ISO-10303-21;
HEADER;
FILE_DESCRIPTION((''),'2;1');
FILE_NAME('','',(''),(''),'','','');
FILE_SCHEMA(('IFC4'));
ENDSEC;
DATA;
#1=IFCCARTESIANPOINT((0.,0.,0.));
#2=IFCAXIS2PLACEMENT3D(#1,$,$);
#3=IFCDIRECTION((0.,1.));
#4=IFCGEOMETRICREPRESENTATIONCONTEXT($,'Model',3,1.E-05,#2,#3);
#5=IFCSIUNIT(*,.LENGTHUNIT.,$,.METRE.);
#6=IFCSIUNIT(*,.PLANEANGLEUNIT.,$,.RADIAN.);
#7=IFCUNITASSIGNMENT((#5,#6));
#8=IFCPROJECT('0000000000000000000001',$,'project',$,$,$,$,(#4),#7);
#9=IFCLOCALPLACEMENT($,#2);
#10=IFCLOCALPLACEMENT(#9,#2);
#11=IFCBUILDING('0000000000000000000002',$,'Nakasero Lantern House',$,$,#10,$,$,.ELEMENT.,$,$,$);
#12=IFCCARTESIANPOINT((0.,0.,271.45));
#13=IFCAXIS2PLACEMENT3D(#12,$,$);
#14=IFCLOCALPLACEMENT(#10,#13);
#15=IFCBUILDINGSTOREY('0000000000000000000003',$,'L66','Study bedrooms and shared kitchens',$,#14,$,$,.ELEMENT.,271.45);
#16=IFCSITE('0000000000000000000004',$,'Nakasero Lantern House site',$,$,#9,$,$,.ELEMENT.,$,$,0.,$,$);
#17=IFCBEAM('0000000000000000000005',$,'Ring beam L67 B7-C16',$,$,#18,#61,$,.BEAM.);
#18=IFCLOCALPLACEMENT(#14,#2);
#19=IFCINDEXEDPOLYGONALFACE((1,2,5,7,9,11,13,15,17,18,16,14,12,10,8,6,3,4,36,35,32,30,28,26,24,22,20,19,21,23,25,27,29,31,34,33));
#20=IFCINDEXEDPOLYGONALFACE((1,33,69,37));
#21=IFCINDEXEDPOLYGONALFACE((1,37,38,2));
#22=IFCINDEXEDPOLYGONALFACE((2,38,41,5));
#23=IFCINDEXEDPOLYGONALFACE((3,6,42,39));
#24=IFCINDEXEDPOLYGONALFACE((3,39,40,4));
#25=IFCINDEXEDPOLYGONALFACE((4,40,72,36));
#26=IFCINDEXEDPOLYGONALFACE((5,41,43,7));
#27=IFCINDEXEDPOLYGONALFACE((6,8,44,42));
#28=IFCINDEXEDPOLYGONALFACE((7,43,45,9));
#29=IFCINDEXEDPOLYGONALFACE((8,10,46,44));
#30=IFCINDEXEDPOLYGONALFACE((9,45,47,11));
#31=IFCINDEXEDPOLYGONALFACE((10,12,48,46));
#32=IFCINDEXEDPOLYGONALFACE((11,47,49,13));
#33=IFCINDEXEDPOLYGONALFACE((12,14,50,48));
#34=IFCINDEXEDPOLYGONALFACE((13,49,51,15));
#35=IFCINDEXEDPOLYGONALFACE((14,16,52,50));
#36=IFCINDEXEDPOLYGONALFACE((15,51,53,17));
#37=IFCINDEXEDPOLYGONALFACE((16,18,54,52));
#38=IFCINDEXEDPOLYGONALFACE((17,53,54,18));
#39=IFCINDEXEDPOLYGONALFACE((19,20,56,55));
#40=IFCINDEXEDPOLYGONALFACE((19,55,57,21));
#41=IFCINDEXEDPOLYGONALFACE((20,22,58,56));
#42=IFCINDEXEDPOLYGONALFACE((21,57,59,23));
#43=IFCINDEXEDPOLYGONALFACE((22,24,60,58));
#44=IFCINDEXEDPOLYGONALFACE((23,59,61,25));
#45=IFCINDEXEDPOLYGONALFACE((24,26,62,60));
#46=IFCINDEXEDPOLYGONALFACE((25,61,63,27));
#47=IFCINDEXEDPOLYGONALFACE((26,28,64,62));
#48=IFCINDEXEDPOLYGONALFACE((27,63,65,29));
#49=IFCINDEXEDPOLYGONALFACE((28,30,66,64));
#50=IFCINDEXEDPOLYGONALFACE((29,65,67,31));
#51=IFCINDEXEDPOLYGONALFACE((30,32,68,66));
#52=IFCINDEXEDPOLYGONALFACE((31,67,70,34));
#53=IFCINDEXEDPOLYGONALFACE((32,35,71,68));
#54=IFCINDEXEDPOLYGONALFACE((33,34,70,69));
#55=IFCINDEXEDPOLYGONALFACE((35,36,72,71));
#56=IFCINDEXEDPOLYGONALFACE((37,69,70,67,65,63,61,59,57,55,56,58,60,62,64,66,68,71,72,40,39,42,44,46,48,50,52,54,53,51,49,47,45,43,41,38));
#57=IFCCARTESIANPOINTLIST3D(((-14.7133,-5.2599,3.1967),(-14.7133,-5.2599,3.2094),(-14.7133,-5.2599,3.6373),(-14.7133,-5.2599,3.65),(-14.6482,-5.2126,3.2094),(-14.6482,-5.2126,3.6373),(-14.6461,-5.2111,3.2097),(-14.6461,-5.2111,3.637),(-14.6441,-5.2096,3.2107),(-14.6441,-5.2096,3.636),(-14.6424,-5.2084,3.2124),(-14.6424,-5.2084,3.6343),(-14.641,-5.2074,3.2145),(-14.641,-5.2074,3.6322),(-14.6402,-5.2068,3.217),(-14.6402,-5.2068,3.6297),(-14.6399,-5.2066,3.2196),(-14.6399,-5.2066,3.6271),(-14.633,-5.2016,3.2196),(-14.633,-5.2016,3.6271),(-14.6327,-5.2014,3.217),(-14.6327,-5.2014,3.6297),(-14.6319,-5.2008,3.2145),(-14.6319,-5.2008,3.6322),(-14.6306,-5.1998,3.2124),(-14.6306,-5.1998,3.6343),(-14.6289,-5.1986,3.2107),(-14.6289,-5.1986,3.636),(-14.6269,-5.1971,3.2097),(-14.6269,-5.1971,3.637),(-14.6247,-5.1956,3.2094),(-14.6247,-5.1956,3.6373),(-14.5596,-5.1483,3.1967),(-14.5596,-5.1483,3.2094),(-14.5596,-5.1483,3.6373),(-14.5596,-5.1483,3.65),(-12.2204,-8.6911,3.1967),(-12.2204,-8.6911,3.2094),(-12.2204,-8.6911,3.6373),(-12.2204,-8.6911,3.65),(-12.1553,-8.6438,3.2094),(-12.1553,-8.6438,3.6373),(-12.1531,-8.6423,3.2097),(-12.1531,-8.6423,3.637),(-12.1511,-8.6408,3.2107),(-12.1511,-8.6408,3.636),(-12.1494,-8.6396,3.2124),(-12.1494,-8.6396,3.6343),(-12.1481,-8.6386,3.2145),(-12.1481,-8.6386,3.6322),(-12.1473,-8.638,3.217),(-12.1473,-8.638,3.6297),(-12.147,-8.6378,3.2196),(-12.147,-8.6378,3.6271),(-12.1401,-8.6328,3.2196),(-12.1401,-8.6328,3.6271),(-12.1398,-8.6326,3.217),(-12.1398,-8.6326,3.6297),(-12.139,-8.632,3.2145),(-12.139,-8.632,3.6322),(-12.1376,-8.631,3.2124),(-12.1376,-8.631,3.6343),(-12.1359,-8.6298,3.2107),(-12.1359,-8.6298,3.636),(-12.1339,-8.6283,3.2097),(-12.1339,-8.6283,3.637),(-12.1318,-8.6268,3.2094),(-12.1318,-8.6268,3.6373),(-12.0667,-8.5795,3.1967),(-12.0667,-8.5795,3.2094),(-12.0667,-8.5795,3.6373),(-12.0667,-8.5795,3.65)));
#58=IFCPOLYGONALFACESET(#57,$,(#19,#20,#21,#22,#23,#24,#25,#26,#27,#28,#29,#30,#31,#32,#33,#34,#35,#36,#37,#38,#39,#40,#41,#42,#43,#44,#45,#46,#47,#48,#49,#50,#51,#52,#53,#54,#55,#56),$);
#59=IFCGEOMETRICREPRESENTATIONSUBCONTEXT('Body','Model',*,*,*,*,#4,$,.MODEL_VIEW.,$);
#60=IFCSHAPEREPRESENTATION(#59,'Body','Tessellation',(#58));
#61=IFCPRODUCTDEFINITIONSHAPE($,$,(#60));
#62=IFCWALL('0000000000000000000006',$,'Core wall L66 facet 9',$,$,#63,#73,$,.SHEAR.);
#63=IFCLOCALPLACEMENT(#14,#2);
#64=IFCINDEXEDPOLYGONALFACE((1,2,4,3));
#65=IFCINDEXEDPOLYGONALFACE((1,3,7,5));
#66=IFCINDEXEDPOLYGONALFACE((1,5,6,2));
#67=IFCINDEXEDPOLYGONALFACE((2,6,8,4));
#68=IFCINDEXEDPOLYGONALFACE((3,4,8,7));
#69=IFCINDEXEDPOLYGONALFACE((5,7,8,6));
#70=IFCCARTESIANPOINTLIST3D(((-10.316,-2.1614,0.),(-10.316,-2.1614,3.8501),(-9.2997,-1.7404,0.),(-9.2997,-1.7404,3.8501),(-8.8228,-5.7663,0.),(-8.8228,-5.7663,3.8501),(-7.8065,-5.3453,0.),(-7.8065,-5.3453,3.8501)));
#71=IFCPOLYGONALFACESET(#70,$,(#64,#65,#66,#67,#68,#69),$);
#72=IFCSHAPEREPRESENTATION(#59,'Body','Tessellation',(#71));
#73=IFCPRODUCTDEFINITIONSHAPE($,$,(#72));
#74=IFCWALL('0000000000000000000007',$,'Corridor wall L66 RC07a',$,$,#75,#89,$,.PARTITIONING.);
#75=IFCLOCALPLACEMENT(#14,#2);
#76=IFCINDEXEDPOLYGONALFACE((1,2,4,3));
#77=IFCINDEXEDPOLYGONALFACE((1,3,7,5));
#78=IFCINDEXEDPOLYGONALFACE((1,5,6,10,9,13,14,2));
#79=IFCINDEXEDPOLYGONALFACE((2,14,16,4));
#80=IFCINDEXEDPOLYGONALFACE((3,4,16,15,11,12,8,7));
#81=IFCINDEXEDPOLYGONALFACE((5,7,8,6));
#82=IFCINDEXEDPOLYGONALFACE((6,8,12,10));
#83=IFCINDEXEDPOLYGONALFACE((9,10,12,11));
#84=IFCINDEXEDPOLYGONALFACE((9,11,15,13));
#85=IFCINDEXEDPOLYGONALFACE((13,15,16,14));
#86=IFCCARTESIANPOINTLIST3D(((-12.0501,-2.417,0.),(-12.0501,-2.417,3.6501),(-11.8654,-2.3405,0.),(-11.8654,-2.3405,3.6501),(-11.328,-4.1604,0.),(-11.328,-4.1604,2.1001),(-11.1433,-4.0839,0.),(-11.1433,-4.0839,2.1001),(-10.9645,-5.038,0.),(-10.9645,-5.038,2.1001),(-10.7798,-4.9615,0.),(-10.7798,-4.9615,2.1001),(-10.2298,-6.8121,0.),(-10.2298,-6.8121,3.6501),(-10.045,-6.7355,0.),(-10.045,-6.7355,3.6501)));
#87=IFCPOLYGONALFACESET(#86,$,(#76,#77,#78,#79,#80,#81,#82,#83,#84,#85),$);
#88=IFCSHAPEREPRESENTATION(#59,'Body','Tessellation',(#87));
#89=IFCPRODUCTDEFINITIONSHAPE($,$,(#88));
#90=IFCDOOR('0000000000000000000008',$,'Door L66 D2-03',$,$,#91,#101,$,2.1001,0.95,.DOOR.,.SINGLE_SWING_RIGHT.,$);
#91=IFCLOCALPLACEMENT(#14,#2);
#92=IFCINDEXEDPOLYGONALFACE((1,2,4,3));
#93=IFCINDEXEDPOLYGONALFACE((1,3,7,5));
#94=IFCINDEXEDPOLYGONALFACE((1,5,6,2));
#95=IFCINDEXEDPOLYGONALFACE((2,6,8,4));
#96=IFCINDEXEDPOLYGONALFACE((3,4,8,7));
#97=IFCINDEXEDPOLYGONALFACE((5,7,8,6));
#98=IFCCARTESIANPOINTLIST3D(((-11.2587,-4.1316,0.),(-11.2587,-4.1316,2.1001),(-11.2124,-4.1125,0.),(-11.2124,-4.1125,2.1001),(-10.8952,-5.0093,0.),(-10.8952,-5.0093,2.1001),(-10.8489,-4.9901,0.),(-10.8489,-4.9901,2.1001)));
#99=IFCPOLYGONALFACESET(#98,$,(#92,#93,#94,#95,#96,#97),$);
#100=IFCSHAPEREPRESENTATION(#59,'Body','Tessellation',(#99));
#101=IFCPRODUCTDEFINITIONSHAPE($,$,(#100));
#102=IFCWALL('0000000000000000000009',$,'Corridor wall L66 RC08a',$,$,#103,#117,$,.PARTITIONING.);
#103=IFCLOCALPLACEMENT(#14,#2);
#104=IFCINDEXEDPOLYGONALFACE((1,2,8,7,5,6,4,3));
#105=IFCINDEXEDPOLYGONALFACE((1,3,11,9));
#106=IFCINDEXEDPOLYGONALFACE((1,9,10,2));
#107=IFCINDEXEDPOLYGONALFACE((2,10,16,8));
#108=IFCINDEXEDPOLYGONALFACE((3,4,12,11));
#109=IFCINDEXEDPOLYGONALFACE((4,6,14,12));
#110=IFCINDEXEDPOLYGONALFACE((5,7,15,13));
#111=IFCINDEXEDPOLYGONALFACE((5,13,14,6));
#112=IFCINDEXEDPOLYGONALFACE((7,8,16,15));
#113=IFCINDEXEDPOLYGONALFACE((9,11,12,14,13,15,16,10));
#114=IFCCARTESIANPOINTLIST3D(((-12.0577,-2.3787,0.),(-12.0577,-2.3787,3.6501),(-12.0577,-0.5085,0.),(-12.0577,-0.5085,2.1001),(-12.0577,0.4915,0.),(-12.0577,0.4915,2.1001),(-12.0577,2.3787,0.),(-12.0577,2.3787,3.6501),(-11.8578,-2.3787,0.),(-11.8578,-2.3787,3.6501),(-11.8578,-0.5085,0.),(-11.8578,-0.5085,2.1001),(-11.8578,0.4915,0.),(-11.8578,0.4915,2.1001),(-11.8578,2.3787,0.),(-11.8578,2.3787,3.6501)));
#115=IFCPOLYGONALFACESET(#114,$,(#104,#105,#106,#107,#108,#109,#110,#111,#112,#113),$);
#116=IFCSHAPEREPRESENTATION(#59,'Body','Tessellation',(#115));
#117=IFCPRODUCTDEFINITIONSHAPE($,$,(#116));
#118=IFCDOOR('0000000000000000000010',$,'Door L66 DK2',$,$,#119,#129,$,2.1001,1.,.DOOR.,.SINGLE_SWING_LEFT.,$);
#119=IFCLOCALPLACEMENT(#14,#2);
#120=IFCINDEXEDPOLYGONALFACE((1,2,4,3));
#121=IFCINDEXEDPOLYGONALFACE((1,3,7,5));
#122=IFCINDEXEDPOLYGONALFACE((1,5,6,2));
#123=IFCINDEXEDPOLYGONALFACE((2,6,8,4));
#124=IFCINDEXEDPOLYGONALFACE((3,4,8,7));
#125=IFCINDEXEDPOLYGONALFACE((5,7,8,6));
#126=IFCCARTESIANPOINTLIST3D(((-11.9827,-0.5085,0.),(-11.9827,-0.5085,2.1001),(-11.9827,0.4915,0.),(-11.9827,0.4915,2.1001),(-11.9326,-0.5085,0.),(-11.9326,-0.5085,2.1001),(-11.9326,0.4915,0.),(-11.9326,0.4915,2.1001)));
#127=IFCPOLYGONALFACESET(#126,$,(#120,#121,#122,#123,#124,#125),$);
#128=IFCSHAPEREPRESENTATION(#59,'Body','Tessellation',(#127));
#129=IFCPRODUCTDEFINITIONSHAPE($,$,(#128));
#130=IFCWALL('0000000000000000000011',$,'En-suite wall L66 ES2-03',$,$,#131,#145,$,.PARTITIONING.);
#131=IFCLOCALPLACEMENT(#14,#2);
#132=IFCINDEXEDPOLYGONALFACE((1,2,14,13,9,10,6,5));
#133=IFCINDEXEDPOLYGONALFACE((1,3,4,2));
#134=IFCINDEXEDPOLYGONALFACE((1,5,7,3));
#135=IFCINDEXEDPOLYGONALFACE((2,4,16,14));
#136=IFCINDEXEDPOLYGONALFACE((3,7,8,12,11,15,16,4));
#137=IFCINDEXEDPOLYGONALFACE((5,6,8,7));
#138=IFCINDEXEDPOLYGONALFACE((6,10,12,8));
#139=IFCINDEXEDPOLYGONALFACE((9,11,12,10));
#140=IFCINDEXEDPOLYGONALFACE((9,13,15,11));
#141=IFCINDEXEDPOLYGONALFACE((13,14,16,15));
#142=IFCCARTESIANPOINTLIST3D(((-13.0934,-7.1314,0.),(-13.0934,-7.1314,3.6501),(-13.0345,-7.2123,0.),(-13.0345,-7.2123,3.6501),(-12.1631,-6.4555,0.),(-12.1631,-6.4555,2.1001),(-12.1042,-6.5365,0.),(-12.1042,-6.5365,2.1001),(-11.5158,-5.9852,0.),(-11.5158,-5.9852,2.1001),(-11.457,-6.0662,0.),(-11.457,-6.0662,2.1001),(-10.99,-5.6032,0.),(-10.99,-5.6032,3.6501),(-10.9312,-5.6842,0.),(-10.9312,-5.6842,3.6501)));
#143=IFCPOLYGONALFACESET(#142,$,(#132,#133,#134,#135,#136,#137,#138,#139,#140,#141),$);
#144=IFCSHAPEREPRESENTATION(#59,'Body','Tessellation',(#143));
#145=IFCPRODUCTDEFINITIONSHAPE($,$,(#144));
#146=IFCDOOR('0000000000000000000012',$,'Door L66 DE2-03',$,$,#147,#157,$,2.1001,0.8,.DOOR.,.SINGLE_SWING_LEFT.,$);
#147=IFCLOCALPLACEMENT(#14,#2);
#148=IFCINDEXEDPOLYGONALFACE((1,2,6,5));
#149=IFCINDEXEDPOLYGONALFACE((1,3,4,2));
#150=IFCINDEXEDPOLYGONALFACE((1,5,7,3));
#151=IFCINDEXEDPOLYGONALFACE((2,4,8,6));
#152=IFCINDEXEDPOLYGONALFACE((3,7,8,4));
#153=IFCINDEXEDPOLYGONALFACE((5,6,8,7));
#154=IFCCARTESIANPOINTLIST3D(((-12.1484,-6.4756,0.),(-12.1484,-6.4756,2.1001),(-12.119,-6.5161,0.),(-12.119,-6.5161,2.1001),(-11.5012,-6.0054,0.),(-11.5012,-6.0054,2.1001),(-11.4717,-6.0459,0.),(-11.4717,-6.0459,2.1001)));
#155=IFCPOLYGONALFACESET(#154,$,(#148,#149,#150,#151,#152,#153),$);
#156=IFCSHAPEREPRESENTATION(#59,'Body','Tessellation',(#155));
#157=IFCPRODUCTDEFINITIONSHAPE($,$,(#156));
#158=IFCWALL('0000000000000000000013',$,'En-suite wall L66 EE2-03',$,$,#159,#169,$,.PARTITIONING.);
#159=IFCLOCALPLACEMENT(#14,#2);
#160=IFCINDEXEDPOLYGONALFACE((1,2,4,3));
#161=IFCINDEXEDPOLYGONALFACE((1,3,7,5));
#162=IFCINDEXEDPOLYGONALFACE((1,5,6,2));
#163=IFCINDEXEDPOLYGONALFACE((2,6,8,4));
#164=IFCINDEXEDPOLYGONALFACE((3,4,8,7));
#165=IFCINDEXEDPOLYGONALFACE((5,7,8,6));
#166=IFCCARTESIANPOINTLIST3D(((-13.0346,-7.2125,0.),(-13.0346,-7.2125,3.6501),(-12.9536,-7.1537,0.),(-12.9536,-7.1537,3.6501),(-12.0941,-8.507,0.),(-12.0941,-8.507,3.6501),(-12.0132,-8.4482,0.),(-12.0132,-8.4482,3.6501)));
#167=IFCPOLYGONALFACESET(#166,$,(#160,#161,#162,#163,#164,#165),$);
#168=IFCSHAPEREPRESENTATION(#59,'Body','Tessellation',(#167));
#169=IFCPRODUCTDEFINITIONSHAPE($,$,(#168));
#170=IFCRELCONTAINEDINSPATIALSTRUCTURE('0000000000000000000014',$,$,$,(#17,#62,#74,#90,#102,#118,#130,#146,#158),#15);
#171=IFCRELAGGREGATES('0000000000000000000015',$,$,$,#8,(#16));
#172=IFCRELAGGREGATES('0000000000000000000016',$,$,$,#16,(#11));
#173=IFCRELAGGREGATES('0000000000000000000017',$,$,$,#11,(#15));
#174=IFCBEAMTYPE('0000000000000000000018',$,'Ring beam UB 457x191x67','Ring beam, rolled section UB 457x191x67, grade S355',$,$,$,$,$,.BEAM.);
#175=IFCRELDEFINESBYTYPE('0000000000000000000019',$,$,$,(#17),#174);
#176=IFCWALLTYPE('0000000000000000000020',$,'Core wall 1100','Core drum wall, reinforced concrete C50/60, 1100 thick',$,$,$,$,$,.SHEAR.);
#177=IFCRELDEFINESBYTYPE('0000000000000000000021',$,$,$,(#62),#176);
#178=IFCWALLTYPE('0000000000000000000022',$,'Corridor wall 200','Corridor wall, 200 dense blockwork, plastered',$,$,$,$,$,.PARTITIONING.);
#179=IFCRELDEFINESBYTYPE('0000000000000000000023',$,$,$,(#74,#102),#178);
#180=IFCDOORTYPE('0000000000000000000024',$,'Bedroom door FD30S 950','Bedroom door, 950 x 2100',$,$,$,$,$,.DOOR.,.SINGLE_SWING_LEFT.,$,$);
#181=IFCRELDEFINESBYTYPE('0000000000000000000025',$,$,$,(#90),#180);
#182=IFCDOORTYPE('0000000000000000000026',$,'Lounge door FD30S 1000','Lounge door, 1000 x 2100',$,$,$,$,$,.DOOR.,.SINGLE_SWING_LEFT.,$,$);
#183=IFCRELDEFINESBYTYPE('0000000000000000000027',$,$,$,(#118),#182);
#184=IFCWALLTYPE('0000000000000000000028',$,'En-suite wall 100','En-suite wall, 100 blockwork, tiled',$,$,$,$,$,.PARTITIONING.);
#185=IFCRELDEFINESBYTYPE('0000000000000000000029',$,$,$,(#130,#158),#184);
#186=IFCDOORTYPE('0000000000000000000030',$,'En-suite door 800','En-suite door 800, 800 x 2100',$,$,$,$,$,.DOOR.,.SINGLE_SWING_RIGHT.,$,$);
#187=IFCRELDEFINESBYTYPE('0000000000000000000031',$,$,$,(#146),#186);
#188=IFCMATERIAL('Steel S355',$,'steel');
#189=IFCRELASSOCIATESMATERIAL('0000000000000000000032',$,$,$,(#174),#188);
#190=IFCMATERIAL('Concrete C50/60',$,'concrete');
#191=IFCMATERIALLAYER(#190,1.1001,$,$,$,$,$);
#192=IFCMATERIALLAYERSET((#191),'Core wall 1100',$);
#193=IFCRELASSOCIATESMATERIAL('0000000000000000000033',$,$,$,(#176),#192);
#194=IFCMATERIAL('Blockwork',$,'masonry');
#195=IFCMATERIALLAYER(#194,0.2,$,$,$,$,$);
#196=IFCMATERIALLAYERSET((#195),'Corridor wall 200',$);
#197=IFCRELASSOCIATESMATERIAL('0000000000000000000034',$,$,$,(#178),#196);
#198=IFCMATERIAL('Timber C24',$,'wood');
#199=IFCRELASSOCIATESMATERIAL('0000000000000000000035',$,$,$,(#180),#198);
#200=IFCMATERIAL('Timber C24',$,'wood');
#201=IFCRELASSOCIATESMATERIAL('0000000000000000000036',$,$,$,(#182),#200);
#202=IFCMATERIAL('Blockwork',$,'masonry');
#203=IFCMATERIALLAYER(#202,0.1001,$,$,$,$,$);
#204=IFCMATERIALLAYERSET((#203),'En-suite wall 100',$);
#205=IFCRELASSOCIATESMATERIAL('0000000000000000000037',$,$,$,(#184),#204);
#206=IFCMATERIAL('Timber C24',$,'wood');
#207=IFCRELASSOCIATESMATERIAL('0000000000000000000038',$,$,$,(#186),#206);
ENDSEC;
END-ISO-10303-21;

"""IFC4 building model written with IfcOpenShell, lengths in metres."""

from ifc_helpers import new_model, si_unit, direction, frame, frame_2d, origin, origin_2d, place, context, subcontext, project, spatial, rectangle, i_section, extrude, material, layer, layer_set, material_profile, profile_set, type_object, element, fill, save


model = new_model("IFC4")

# Units and contexts
model_context = context("Model", 3, precision=1e-05, world=origin(), true_north=direction((0.0, 1.0)))
body_context = subcontext(model_context, "Body", "Model", "MODEL_VIEW")
ifc_project = project(units=[si_unit("LENGTHUNIT", "METRE"), si_unit("PLANEANGLEUNIT", "RADIAN")], contexts=[model_context])

# Site, building, storey
site_placement = place(None, origin())
site = spatial("IfcSite", under=ifc_project, at=site_placement, Name="Nakasero Lantern House site", CompositionType="ELEMENT", RefElevation=0.0)
building_placement = place(site_placement, origin())
building = spatial("IfcBuilding", under=site, at=building_placement, Name="Nakasero Lantern House", CompositionType="ELEMENT")
storey_placement = place(building_placement, frame((0.0, 0.0, 271.45)))
storey = spatial("IfcBuildingStorey", under=building, at=storey_placement, Name="L66", Description="Study bedrooms and shared kitchens", CompositionType="ELEMENT", Elevation=271.45)

# Beam
ifc_material_1 = material(Name="Steel S355", Category="steel")
ifc_material_profile_1 = material_profile(ifc_material_1, i_section(OverallWidth=0.1899, OverallDepth=0.4534, WebThickness=0.0085, FlangeThickness=0.0127, FilletRadius=0.0103, at=origin_2d()), Name="UB 457x191x67")
ifc_profile_set_1 = profile_set([ifc_material_profile_1], Name="Steel S355")
beam_type_1 = type_object("IfcBeamType", Name="Ring beam UB 457x191x67", Description="Ring beam, rolled section UB 457x191x67, grade S355", PredefinedType="BEAM", material=ifc_profile_set_1)
beam_1_placement = place(storey_placement, frame((-14.6365, -5.2041, 3.4233), z_axis=(0.587792, -0.809012, 0.0), x_axis=(0.809012, 0.587792, 0.0)))
element("IfcBeam", 1, at=beam_1_placement, inside=storey, type_object=beam_type_1, Name="Ring beam L67 B7-C16", PredefinedType="BEAM", context=body_context, shape_type="SweptSolid", body=[
    extrude(i_section(OverallWidth=0.1899, OverallDepth=0.4534, WebThickness=0.0085, FlangeThickness=0.0127, FilletRadius=0.0103, at=origin_2d()), origin(), (0.0, 0.0, 1.0), 4.2412),
])

# Wall
ifc_material_2 = material(Name="Concrete C50/60", Category="concrete")
ifc_layer_1 = layer(ifc_material_2, 1.1001)
ifc_layer_set_1 = layer_set([ifc_layer_1], Name="Core wall 1100")
wall_type_1 = type_object("IfcWallType", Name="Core wall 1100", Description="Core drum wall, reinforced concrete C50/60, 1100 thick", PredefinedType="SHEAR", material=ifc_layer_set_1)
wall_1_placement = place(storey_placement, frame((-9.8079, -1.9509, 0.0), z_axis=(0.0, 0.0, 1.0), x_axis=(0.382691, -0.923877, 0.0)))
element("IfcWall", 2, at=wall_1_placement, inside=storey, type_object=wall_type_1, Name="Core wall L66 facet 9", PredefinedType="SHEAR", context=body_context, shape_type="SweptSolid", body=[
    extrude(rectangle(XDim=3.9019, YDim=1.1001, at=frame_2d((1.9509, 0.0))), origin(), (0.0, 0.0, 1.0), 3.8501),
])

# Walls, openings, doors
ifc_material_3 = material(Name="Blockwork", Category="masonry")
ifc_layer_2 = layer(ifc_material_3, 0.2)
ifc_layer_set_2 = layer_set([ifc_layer_2], Name="Corridor wall 200")
wall_type_2 = type_object("IfcWallType", Name="Corridor wall 200", Description="Corridor wall, 200 dense blockwork, plastered", PredefinedType="PARTITIONING", material=ifc_layer_set_2)
wall_2_placement = place(storey_placement, frame((-10.1375, -6.7737, 0.0), z_axis=(0.0, 0.0, 1.0), x_axis=(-0.382654, 0.923892, 0.0)))
wall_2 = element("IfcWall", 3, at=wall_2_placement, inside=storey, type_object=wall_type_2, Name="Corridor wall L66 RC07a", PredefinedType="PARTITIONING", context=body_context, shape_type="SweptSolid", body=[
    extrude(rectangle(XDim=4.7571, YDim=0.2, at=frame_2d((2.3784, 0.0))), origin(), (0.0, 0.0, 1.0), 3.6501),
])
opening_1_placement = place(wall_2_placement, frame((1.9199, 0.0, 0.0)))
opening_1 = element("IfcOpeningElement", 4, at=opening_1_placement, cuts=wall_2, PredefinedType="OPENING", context=body_context, shape_type="SweptSolid", body=[
    extrude(rectangle(XDim=0.95, YDim=2.1001, at=frame_2d((0.4751, 1.05))), frame((0.0, 0.1199, 0.0), z_axis=(0.0, -1.0, 0.0), x_axis=(1.0, 0.0, 0.0)), (0.0, 0.0, 1.0), 0.24),
])
ifc_material_4 = material(Name="Timber C24", Category="wood")
door_type_1 = type_object("IfcDoorType", Name="Bedroom door FD30S 950", Description="Bedroom door, 950 x 2100", OperationType="SINGLE_SWING_LEFT", PredefinedType="DOOR", material=ifc_material_4)
door_1_placement = place(opening_1_placement, origin())
door_1 = element("IfcDoor", 5, at=door_1_placement, inside=storey, type_object=door_type_1, Name="Door L66 D2-03", OperationType="SINGLE_SWING_RIGHT", OverallHeight=2.1001, OverallWidth=0.95, PredefinedType="DOOR", context=body_context, shape_type="SweptSolid", body=[
    extrude(rectangle(XDim=0.95, YDim=2.1001, at=frame_2d((0.4751, 1.05))), frame((0.0, 0.0249, 0.0), z_axis=(0.0, -1.0, 0.0), x_axis=(1.0, 0.0, 0.0)), (0.0, 0.0, 1.0), 0.05),
])
fill(opening_1, door_1)
wall_3_placement = place(storey_placement, frame((-11.9578, -2.3787, 0.0), z_axis=(0.0, 0.0, 1.0), x_axis=(0.0, 1.0, 0.0)))
wall_3 = element("IfcWall", 6, at=wall_3_placement, inside=storey, type_object=wall_type_2, Name="Corridor wall L66 RC08a", PredefinedType="PARTITIONING", context=body_context, shape_type="SweptSolid", body=[
    extrude(rectangle(XDim=4.7573, YDim=0.2, at=frame_2d((2.3787, 0.0))), origin(), (0.0, 0.0, 1.0), 3.6501),
])
opening_2_placement = place(wall_3_placement, frame((1.8701, 0.0, 0.0)))
opening_2 = element("IfcOpeningElement", 7, at=opening_2_placement, cuts=wall_3, PredefinedType="OPENING", context=body_context, shape_type="SweptSolid", body=[
    extrude(rectangle(XDim=1.0, YDim=2.1001, at=frame_2d((0.5, 1.05))), frame((0.0, 0.1199, 0.0), z_axis=(0.0, -1.0, 0.0), x_axis=(1.0, 0.0, 0.0)), (0.0, 0.0, 1.0), 0.24),
])
ifc_material_5 = material(Name="Timber C24", Category="wood")
door_type_2 = type_object("IfcDoorType", Name="Lounge door FD30S 1000", Description="Lounge door, 1000 x 2100", OperationType="SINGLE_SWING_LEFT", PredefinedType="DOOR", material=ifc_material_5)
door_2_placement = place(opening_2_placement, origin())
door_2 = element("IfcDoor", 8, at=door_2_placement, inside=storey, type_object=door_type_2, Name="Door L66 DK2", OperationType="SINGLE_SWING_LEFT", OverallHeight=2.1001, OverallWidth=1.0, PredefinedType="DOOR", context=body_context, shape_type="SweptSolid", body=[
    extrude(rectangle(XDim=1.0, YDim=2.1001, at=frame_2d((0.5, 1.05))), frame((0.0, 0.0249, 0.0), z_axis=(0.0, -1.0, 0.0), x_axis=(1.0, 0.0, 0.0)), (0.0, 0.0, 1.0), 0.05),
])
fill(opening_2, door_2)
ifc_material_6 = material(Name="Blockwork", Category="masonry")
ifc_layer_3 = layer(ifc_material_6, 0.1001)
ifc_layer_set_3 = layer_set([ifc_layer_3], Name="En-suite wall 100")
wall_type_3 = type_object("IfcWallType", Name="En-suite wall 100", Description="En-suite wall, 100 blockwork, tiled", PredefinedType="PARTITIONING", material=ifc_layer_set_3)
wall_4_placement = place(storey_placement, frame((-10.9607, -5.6438, 0.0), z_axis=(0.0, 0.0, 1.0), x_axis=(-0.809024, -0.587775, 0.0)))
wall_4 = element("IfcWall", 9, at=wall_4_placement, inside=storey, type_object=wall_type_3, Name="En-suite wall L66 ES2-03", PredefinedType="PARTITIONING", context=body_context, shape_type="SweptSolid", body=[
    extrude(rectangle(XDim=2.5999, YDim=0.1001, at=frame_2d((1.2998, 0.0))), origin(), (0.0, 0.0, 1.0), 3.6501),
])
opening_3_placement = place(wall_4_placement, frame((0.6499, 0.0, 0.0)))
opening_3 = element("IfcOpeningElement", 10, at=opening_3_placement, cuts=wall_4, PredefinedType="OPENING", context=body_context, shape_type="SweptSolid", body=[
    extrude(rectangle(XDim=0.8, YDim=2.1001, at=frame_2d((0.3999, 1.05))), frame((0.0, 0.0701, 0.0), z_axis=(0.0, -1.0, 0.0), x_axis=(1.0, 0.0, 0.0)), (0.0, 0.0, 1.0), 0.1401),
])
ifc_material_7 = material(Name="Timber C24", Category="wood")
door_type_3 = type_object("IfcDoorType", Name="En-suite door 800", Description="En-suite door 800, 800 x 2100", OperationType="SINGLE_SWING_RIGHT", PredefinedType="DOOR", material=ifc_material_7)
door_3_placement = place(opening_3_placement, origin())
door_3 = element("IfcDoor", 11, at=door_3_placement, inside=storey, type_object=door_type_3, Name="Door L66 DE2-03", OperationType="SINGLE_SWING_LEFT", OverallHeight=2.1001, OverallWidth=0.8, PredefinedType="DOOR", context=body_context, shape_type="SweptSolid", body=[
    extrude(rectangle(XDim=0.8, YDim=2.1001, at=frame_2d((0.3999, 1.05))), frame((0.0, 0.0249, 0.0), z_axis=(0.0, -1.0, 0.0), x_axis=(1.0, 0.0, 0.0)), (0.0, 0.0, 1.0), 0.05),
])
fill(opening_3, door_3)

# Wall
for number, where, z_axis, x_axis, name in (
    (12, (-12.9941, -7.1831, 0.0), (0.0, 0.0, 1.0), (0.587772, -0.809026, 0.0), "En-suite wall L66 EE2-03"),
):
    element("IfcWall", number, at=place(storey_placement, frame(where, z_axis=z_axis, x_axis=x_axis)), inside=storey, type_object=wall_type_3, Name=name, PredefinedType="PARTITIONING", context=body_context, shape_type="SweptSolid", body=[
        extrude(rectangle(XDim=1.6001, YDim=0.1001, at=frame_2d((0.8, 0.0))), origin(), (0.0, 0.0, 1.0), 3.6501),
    ])

save(model, "model.ifc")
